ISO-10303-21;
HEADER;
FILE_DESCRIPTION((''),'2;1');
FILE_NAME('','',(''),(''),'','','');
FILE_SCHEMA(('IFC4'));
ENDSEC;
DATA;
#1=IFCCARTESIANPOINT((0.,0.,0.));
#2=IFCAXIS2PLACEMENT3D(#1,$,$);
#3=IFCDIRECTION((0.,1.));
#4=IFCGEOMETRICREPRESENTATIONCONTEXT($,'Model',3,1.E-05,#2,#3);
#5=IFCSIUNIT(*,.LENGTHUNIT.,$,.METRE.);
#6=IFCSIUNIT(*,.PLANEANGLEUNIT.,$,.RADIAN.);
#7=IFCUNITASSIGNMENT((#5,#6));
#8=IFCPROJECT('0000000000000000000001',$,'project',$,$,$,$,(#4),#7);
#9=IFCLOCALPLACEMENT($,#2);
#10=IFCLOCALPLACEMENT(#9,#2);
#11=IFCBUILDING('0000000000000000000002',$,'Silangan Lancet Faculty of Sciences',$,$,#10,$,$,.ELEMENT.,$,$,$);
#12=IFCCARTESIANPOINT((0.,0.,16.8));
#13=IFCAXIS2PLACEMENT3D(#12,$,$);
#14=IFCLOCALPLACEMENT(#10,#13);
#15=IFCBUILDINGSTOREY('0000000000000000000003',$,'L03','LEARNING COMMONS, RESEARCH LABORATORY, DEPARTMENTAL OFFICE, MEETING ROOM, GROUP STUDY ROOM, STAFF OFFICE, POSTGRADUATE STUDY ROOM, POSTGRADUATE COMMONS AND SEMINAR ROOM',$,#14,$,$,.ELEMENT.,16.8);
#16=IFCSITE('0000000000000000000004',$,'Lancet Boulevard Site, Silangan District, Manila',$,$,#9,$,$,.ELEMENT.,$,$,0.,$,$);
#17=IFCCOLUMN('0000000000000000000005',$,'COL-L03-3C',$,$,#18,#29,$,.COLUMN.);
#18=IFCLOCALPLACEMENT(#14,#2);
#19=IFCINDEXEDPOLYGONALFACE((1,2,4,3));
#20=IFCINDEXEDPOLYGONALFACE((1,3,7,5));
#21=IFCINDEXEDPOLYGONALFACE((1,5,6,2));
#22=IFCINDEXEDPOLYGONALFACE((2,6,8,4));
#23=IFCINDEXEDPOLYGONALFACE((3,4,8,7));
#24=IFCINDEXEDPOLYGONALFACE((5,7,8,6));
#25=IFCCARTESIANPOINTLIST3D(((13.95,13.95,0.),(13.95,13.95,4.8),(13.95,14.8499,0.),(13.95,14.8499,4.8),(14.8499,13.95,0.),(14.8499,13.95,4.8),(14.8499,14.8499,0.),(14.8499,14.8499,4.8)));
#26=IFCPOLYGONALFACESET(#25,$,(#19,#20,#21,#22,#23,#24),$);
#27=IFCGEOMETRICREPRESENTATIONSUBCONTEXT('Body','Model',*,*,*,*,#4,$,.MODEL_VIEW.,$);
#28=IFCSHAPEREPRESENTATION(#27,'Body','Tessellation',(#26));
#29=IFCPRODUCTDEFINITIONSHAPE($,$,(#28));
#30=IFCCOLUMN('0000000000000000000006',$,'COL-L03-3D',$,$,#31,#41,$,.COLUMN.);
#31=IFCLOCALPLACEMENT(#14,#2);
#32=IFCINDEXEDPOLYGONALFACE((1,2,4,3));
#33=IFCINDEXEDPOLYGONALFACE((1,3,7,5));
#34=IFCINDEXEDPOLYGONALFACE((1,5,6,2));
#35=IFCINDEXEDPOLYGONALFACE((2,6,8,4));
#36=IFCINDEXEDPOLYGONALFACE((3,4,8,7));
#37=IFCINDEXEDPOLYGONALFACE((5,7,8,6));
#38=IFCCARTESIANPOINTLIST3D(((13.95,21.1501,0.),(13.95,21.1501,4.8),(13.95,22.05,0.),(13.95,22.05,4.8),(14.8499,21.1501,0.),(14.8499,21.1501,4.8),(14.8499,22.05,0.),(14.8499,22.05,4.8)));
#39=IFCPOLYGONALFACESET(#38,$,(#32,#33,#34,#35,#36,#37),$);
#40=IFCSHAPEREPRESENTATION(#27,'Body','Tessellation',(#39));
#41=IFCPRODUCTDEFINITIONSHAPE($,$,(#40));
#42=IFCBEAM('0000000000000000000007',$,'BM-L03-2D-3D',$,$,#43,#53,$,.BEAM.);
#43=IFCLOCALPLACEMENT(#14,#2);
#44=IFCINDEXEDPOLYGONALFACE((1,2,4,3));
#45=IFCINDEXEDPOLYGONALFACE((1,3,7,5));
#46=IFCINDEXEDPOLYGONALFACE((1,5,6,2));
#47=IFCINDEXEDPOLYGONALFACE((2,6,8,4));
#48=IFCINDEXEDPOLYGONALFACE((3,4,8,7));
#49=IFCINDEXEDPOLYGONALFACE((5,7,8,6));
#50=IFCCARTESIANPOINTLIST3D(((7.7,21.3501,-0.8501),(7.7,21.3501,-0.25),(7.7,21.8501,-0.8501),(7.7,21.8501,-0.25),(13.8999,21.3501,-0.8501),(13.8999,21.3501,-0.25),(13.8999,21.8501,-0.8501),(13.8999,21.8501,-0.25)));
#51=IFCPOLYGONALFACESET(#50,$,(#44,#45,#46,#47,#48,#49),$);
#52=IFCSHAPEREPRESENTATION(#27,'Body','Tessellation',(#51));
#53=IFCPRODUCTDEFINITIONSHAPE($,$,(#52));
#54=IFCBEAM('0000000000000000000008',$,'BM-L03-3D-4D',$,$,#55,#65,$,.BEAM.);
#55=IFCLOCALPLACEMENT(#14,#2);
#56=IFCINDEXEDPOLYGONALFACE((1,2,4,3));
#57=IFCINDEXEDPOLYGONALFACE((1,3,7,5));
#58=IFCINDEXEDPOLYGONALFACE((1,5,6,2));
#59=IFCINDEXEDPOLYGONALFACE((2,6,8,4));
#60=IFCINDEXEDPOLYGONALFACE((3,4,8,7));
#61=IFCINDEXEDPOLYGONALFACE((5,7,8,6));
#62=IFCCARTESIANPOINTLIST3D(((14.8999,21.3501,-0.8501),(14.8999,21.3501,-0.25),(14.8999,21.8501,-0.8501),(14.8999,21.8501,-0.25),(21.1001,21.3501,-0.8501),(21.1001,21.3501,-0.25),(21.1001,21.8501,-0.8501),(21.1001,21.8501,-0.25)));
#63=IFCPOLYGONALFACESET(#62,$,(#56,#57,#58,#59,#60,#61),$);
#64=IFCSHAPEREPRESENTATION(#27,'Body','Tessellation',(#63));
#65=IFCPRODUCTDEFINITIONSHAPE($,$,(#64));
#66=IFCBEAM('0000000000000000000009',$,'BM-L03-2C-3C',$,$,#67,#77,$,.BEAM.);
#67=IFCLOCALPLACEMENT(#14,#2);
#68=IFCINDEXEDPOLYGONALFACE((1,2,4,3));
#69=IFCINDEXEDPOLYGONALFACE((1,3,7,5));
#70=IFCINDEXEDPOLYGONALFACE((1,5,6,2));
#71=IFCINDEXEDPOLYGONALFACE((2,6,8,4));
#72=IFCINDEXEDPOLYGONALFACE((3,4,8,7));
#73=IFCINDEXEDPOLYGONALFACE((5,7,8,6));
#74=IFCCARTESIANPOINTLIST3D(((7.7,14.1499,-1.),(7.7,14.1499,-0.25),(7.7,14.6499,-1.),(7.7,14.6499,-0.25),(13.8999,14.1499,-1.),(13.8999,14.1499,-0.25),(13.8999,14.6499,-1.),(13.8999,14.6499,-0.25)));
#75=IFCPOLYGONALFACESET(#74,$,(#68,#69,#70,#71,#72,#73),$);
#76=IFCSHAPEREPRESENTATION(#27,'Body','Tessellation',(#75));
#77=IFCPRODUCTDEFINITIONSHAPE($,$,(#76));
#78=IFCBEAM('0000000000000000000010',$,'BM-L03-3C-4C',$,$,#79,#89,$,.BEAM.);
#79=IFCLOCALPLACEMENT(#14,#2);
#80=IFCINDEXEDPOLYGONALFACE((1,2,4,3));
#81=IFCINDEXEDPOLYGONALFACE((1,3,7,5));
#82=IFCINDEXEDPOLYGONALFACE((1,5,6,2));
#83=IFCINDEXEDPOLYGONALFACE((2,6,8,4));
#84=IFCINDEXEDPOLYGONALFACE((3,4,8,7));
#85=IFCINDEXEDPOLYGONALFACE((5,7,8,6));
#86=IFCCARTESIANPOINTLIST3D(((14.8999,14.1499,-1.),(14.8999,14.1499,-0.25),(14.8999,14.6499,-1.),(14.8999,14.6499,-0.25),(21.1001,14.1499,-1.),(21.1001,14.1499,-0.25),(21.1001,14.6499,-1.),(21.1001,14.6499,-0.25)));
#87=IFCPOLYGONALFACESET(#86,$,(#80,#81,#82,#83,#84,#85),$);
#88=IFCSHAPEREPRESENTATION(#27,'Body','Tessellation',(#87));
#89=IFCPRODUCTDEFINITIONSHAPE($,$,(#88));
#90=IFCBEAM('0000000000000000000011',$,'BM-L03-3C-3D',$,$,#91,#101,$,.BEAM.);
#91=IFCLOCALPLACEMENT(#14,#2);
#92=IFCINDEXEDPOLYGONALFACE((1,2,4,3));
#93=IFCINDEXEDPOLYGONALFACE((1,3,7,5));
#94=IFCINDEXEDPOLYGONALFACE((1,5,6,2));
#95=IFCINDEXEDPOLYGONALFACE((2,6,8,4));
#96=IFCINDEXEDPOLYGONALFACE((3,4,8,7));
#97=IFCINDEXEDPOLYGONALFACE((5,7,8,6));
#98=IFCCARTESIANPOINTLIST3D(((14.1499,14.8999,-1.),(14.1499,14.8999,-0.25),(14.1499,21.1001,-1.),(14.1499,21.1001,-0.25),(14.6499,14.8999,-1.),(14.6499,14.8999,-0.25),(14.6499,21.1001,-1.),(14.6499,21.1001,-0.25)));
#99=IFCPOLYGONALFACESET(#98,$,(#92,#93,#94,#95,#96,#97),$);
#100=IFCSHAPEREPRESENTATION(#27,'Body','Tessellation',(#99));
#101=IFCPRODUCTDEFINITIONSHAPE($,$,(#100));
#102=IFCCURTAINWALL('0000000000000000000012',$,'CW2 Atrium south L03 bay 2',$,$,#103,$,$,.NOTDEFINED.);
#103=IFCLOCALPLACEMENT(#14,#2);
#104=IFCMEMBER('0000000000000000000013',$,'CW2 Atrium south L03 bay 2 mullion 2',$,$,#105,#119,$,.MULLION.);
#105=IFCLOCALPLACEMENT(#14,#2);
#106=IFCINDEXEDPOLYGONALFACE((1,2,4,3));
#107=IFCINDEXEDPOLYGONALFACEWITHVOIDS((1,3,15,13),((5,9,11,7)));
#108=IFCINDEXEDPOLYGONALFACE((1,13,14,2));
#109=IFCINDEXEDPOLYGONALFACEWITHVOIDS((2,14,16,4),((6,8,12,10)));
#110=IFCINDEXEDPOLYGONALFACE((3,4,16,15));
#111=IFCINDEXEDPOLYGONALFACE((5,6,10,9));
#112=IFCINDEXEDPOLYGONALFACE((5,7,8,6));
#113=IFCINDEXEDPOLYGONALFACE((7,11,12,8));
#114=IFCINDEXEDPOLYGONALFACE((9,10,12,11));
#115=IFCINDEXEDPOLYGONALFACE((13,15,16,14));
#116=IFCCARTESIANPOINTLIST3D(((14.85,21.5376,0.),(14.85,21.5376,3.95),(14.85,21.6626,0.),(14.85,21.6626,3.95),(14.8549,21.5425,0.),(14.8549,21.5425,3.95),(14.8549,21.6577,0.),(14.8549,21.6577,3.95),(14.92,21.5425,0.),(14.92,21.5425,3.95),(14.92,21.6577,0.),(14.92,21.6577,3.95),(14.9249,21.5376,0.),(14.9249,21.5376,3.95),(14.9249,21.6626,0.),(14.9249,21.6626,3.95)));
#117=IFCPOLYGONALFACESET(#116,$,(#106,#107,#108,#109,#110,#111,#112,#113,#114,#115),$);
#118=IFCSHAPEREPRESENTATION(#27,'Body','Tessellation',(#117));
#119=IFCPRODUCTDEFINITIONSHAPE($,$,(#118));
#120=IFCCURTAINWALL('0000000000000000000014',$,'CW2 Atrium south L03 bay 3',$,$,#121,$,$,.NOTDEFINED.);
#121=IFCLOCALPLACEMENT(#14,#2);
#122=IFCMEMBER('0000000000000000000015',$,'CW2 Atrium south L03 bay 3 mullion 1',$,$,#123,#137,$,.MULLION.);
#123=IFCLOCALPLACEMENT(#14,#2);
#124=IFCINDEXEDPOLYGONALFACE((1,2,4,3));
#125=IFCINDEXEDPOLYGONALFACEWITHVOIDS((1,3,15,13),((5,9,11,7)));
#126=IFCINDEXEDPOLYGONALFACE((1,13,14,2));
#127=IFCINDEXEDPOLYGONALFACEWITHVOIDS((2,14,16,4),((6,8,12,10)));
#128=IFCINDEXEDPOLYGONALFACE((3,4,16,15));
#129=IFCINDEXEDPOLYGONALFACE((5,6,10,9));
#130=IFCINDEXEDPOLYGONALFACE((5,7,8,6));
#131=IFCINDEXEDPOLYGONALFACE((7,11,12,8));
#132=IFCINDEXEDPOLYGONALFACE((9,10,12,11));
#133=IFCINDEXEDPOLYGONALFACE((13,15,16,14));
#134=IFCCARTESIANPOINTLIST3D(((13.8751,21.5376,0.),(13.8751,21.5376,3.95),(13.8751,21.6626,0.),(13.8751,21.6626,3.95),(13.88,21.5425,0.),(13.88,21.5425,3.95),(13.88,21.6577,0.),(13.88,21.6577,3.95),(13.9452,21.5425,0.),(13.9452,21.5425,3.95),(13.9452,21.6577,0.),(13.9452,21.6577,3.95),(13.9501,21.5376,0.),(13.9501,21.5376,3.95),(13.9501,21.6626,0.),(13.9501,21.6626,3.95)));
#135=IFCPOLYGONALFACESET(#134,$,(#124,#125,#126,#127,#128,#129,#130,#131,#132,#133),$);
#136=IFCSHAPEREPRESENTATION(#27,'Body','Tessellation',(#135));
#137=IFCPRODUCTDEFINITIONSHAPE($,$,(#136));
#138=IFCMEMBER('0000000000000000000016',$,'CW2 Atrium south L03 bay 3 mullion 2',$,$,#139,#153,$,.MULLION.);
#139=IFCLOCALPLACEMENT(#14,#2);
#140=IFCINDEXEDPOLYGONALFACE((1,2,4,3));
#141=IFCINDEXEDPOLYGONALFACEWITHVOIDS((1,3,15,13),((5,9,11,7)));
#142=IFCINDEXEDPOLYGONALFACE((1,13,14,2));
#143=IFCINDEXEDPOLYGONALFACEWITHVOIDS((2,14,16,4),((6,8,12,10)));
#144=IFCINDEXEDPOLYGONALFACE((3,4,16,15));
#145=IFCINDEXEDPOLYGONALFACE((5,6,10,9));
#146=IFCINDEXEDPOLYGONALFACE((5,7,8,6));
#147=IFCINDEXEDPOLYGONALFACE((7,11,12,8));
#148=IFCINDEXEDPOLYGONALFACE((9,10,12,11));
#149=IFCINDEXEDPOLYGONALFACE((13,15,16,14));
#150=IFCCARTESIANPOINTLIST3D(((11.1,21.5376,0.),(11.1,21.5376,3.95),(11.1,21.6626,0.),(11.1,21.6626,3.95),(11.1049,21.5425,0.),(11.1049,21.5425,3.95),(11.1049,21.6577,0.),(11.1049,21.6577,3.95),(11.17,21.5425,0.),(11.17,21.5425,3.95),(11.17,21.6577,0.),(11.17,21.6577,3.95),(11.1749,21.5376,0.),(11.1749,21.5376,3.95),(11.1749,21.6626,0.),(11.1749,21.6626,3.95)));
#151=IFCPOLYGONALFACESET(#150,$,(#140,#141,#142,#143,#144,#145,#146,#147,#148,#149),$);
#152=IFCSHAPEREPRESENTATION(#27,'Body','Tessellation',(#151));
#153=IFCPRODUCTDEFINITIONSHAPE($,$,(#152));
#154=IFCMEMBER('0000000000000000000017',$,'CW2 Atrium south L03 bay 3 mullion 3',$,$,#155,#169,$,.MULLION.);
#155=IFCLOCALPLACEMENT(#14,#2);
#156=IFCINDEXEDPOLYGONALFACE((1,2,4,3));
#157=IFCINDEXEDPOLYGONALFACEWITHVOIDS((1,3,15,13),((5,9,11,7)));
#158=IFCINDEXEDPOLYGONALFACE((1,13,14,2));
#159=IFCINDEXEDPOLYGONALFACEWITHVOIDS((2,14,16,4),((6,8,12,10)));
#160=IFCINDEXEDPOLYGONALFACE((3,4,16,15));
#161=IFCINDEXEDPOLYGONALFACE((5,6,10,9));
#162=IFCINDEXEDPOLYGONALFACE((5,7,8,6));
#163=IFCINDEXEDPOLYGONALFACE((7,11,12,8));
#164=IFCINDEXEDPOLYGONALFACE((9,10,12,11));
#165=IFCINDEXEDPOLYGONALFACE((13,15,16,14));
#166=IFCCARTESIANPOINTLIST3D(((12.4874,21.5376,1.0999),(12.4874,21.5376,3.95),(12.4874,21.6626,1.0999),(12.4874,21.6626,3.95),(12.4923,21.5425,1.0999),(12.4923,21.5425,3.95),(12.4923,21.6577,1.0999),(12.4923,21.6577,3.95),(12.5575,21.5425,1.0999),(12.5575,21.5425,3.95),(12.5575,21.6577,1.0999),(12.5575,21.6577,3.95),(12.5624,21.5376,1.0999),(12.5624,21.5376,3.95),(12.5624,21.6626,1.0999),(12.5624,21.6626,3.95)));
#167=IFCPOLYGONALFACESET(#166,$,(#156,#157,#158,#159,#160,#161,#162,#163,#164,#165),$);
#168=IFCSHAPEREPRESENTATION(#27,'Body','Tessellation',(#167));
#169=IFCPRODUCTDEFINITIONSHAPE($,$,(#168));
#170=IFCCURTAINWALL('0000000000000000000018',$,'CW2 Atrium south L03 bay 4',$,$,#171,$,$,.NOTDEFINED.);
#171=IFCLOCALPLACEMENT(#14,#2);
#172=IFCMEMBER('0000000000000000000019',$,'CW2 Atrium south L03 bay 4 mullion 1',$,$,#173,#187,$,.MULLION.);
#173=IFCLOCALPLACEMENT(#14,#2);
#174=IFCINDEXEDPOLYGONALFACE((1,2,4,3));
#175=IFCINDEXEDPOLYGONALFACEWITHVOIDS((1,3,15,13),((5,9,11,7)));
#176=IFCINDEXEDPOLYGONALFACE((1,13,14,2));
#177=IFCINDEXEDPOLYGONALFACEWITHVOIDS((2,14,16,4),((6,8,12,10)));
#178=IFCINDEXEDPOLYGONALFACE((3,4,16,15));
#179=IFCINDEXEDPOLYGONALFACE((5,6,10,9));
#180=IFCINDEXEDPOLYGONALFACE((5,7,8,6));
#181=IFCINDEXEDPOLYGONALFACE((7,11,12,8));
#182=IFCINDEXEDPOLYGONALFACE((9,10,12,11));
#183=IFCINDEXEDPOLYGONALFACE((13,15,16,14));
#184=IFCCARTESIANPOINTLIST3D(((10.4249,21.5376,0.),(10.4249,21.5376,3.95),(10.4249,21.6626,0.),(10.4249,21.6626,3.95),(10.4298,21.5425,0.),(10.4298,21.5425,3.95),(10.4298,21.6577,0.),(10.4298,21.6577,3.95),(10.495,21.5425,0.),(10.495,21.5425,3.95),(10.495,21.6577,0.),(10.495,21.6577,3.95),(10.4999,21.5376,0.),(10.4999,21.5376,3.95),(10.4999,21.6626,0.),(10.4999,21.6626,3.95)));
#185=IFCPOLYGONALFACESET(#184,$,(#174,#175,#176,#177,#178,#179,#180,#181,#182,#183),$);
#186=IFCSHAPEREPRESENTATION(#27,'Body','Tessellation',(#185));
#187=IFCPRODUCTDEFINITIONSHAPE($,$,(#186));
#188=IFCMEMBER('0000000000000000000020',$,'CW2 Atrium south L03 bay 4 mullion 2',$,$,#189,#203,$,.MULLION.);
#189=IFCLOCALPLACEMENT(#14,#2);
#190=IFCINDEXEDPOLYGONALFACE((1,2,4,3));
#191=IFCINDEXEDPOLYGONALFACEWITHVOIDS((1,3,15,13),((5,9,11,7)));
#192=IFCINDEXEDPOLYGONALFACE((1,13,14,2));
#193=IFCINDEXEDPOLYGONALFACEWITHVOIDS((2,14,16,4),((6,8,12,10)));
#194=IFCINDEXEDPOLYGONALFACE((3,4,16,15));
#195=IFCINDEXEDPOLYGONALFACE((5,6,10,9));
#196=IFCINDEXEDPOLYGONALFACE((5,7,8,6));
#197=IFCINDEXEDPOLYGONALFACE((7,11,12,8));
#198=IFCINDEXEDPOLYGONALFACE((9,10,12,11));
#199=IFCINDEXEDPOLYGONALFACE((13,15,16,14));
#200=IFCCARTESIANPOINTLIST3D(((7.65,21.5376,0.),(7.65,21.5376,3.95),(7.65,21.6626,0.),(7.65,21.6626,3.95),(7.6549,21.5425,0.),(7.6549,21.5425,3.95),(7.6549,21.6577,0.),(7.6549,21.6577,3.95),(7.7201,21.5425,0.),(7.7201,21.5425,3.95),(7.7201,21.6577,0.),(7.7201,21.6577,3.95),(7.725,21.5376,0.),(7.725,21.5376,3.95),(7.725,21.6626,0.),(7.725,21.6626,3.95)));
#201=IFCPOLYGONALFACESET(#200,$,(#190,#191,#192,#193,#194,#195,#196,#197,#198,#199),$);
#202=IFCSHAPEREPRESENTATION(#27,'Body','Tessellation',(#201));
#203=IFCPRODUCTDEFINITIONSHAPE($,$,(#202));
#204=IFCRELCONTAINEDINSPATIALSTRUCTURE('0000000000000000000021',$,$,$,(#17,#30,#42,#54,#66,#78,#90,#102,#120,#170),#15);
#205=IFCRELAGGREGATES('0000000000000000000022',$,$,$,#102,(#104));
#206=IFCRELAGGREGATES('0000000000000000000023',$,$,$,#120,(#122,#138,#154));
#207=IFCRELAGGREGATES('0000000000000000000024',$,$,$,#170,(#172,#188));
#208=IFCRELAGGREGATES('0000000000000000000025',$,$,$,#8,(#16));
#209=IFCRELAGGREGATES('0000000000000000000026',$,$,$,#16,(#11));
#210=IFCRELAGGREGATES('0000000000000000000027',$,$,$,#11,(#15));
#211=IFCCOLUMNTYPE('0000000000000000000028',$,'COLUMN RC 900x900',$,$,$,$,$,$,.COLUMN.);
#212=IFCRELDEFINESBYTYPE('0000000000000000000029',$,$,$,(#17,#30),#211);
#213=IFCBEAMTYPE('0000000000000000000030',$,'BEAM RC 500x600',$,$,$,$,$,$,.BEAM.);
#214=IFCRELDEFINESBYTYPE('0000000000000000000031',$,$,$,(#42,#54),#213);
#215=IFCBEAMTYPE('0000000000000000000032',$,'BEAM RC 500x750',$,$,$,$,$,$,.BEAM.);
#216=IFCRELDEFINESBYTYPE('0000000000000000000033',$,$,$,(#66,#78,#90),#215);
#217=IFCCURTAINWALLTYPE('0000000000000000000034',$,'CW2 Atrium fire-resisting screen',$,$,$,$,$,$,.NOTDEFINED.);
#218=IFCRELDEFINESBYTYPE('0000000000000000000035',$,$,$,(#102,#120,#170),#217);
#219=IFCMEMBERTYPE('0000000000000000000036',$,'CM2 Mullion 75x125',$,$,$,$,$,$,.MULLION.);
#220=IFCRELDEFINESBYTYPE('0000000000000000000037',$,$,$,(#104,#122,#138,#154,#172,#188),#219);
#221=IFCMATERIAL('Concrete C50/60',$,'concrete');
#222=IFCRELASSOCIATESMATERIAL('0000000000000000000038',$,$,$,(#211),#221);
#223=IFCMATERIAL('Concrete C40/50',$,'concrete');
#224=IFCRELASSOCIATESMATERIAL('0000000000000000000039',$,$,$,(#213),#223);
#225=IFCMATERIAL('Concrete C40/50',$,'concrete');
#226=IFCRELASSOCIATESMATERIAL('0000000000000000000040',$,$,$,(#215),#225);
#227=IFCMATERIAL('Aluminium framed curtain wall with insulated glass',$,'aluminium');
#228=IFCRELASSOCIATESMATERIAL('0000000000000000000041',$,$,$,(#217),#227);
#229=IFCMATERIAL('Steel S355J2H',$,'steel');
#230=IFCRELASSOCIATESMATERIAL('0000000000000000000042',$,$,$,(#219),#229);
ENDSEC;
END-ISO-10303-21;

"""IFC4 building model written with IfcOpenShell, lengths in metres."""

from ifc_helpers import new_model, si_unit, direction, frame, origin, origin_2d, place, context, subcontext, project, spatial, rectangle, hollow_rectangle, extrude, material, material_profile, profile_set, type_object, element, aggregate, save


model = new_model("IFC4")

# Units and contexts
model_context = context("Model", 3, precision=1e-05, world=origin(), true_north=direction((0.0, 1.0)))
body_context = subcontext(model_context, "Body", "Model", "MODEL_VIEW")
ifc_project = project(units=[si_unit("LENGTHUNIT", "METRE"), si_unit("PLANEANGLEUNIT", "RADIAN")], contexts=[model_context])

# Site, building, storey
site_placement = place(None, origin())
site = spatial("IfcSite", under=ifc_project, at=site_placement, Name="Lancet Boulevard Site, Silangan District, Manila", CompositionType="ELEMENT", RefElevation=0.0)
building_placement = place(site_placement, origin())
building = spatial("IfcBuilding", under=site, at=building_placement, Name="Silangan Lancet Faculty of Sciences", CompositionType="ELEMENT")
storey_placement = place(building_placement, frame((0.0, 0.0, 16.8)))
storey = spatial("IfcBuildingStorey", under=building, at=storey_placement, Name="L03", Description="LEARNING COMMONS, RESEARCH LABORATORY, DEPARTMENTAL OFFICE, MEETING ROOM, GROUP STUDY ROOM, STAFF OFFICE, POSTGRADUATE STUDY ROOM, POSTGRADUATE COMMONS AND SEMINAR ROOM", CompositionType="ELEMENT", Elevation=16.8)

# Columns
ifc_material_1 = material(Name="Concrete C50/60", Category="concrete")
ifc_material_profile_1 = material_profile(ifc_material_1, rectangle(XDim=0.8999, YDim=0.8999, at=origin_2d()), Name="RC 900x900")
ifc_profile_set_1 = profile_set([ifc_material_profile_1], Name="Concrete C50/60")
column_type = type_object("IfcColumnType", Name="COLUMN RC 900x900", PredefinedType="COLUMN", material=ifc_profile_set_1)
for number, where, z_axis, x_axis, name in (
    (1, (14.3999, 14.3999, 0.0), (0.0, 0.0, 1.0), (1.0, 0.0, 0.0), "COL-L03-3C"),
    (2, (14.3999, 21.6001, 0.0), (0.0, 0.0, 1.0), (1.0, 0.0, 0.0), "COL-L03-3D"),
):
    element("IfcColumn", number, at=place(storey_placement, frame(where, z_axis=z_axis, x_axis=x_axis)), inside=storey, type_object=column_type, Name=name, PredefinedType="COLUMN", context=body_context, shape_type="SweptSolid", body=[
        extrude(rectangle(XDim=0.8999, YDim=0.8999, at=origin_2d()), origin(), (0.0, 0.0, 1.0), 4.8),
    ])

# Beams
ifc_material_2 = material(Name="Concrete C40/50", Category="concrete")
ifc_material_profile_2 = material_profile(ifc_material_2, rectangle(XDim=0.5, YDim=0.6001, at=origin_2d()), Name="RC 500x600")
ifc_profile_set_2 = profile_set([ifc_material_profile_2], Name="Concrete C40/50")
beam_type_1 = type_object("IfcBeamType", Name="BEAM RC 500x600", PredefinedType="BEAM", material=ifc_profile_set_2)
beam_1_placement = place(storey_placement, frame((7.7, 21.6001, -0.55), z_axis=(1.0, 0.0, 0.0), x_axis=(0.0, 1.0, 0.0)))
element("IfcBeam", 3, at=beam_1_placement, inside=storey, type_object=beam_type_1, Name="BM-L03-2D-3D", PredefinedType="BEAM", context=body_context, shape_type="SweptSolid", body=[
    extrude(rectangle(XDim=0.5, YDim=0.6001, at=origin_2d()), origin(), (0.0, 0.0, 1.0), 6.2),
])
beam_2_placement = place(storey_placement, frame((14.8999, 21.6001, -0.55), z_axis=(1.0, 0.0, 0.0), x_axis=(0.0, 1.0, 0.0)))
element("IfcBeam", 4, at=beam_2_placement, inside=storey, type_object=beam_type_1, Name="BM-L03-3D-4D", PredefinedType="BEAM", context=body_context, shape_type="SweptSolid", body=[
    extrude(rectangle(XDim=0.5, YDim=0.6001, at=origin_2d()), origin(), (0.0, 0.0, 1.0), 6.2002),
])
ifc_material_3 = material(Name="Concrete C40/50", Category="concrete")
ifc_material_profile_3 = material_profile(ifc_material_3, rectangle(XDim=0.5, YDim=0.75, at=origin_2d()), Name="RC 500x750")
ifc_profile_set_3 = profile_set([ifc_material_profile_3], Name="Concrete C40/50")
beam_type_2 = type_object("IfcBeamType", Name="BEAM RC 500x750", PredefinedType="BEAM", material=ifc_profile_set_3)
beam_3_placement = place(storey_placement, frame((7.7, 14.3999, -0.625), z_axis=(1.0, 0.0, 0.0), x_axis=(0.0, 1.0, 0.0)))
element("IfcBeam", 5, at=beam_3_placement, inside=storey, type_object=beam_type_2, Name="BM-L03-2C-3C", PredefinedType="BEAM", context=body_context, shape_type="SweptSolid", body=[
    extrude(rectangle(XDim=0.5, YDim=0.75, at=origin_2d()), origin(), (0.0, 0.0, 1.0), 6.2),
])
for number, where, z_axis, x_axis, name in (
    (6, (14.8999, 14.3999, -0.625), (1.0, 0.0, 0.0), (0.0, 1.0, 0.0), "BM-L03-3C-4C"),
    (7, (14.3999, 14.8999, -0.625), (0.0, 1.0, 0.0), (-1.0, 0.0, 0.0), "BM-L03-3C-3D"),
):
    element("IfcBeam", number, at=place(storey_placement, frame(where, z_axis=z_axis, x_axis=x_axis)), inside=storey, type_object=beam_type_2, Name=name, PredefinedType="BEAM", context=body_context, shape_type="SweptSolid", body=[
        extrude(rectangle(XDim=0.5, YDim=0.75, at=origin_2d()), origin(), (0.0, 0.0, 1.0), 6.2002),
    ])

# Curtain wall, member
ifc_material_4 = material(Name="Aluminium framed curtain wall with insulated glass", Category="aluminium")
curtain_wall_type = type_object("IfcCurtainWallType", Name="CW2 Atrium fire-resisting screen", PredefinedType="NOTDEFINED", material=ifc_material_4)
curtain_wall_1_placement = place(storey_placement, origin())
curtain_wall_1 = element("IfcCurtainWall", 8, at=curtain_wall_1_placement, inside=storey, type_object=curtain_wall_type, Name="CW2 Atrium south L03 bay 2", PredefinedType="NOTDEFINED")
ifc_material_5 = material(Name="Steel S355J2H", Category="steel")
ifc_material_profile_4 = material_profile(ifc_material_5, hollow_rectangle(XDim=0.075, YDim=0.125, WallThickness=0.0049, at=origin_2d()), Name="ST BOX 75x125x5")
ifc_profile_set_4 = profile_set([ifc_material_profile_4], Name="Steel S355J2H")
member_type_1 = type_object("IfcMemberType", Name="CM2 Mullion 75x125", PredefinedType="MULLION", material=ifc_profile_set_4)
member_1_placement = place(storey_placement, frame((14.8875, 21.6001, 0.0), z_axis=(0.0, 0.0, 1.0), x_axis=(-1.0, 0.0, 0.0)))
member_1 = element("IfcMember", 9, at=member_1_placement, type_object=member_type_1, Name="CW2 Atrium south L03 bay 2 mullion 2", PredefinedType="MULLION", context=body_context, shape_type="SweptSolid", body=[
    extrude(hollow_rectangle(XDim=0.075, YDim=0.125, WallThickness=0.0049, at=origin_2d()), origin(), (0.0, 0.0, 1.0), 3.95),
])

# Curtain walls, members
curtain_wall_2_placement = place(storey_placement, origin())
curtain_wall_2 = element("IfcCurtainWall", 10, at=curtain_wall_2_placement, inside=storey, type_object=curtain_wall_type, Name="CW2 Atrium south L03 bay 3", PredefinedType="NOTDEFINED")
member_2_placement = place(storey_placement, frame((13.9126, 21.6001, 0.0), z_axis=(0.0, 0.0, 1.0), x_axis=(-1.0, 0.0, 0.0)))
member_2 = element("IfcMember", 11, at=member_2_placement, type_object=member_type_1, Name="CW2 Atrium south L03 bay 3 mullion 1", PredefinedType="MULLION", context=body_context, shape_type="SweptSolid", body=[
    extrude(hollow_rectangle(XDim=0.075, YDim=0.125, WallThickness=0.0049, at=origin_2d()), origin(), (0.0, 0.0, 1.0), 3.95),
])
member_3_placement = place(storey_placement, frame((11.1375, 21.6001, 0.0), z_axis=(0.0, 0.0, 1.0), x_axis=(-1.0, 0.0, 0.0)))
member_3 = element("IfcMember", 12, at=member_3_placement, type_object=member_type_1, Name="CW2 Atrium south L03 bay 3 mullion 2", PredefinedType="MULLION", context=body_context, shape_type="SweptSolid", body=[
    extrude(hollow_rectangle(XDim=0.075, YDim=0.125, WallThickness=0.0049, at=origin_2d()), origin(), (0.0, 0.0, 1.0), 3.95),
])
member_4_placement = place(storey_placement, frame((12.5249, 21.6001, 1.0999), z_axis=(0.0, 0.0, 1.0), x_axis=(-1.0, 0.0, 0.0)))
member_4 = element("IfcMember", 13, at=member_4_placement, type_object=member_type_1, Name="CW2 Atrium south L03 bay 3 mullion 3", PredefinedType="MULLION", context=body_context, shape_type="SweptSolid", body=[
    extrude(hollow_rectangle(XDim=0.075, YDim=0.125, WallThickness=0.0049, at=origin_2d()), origin(), (0.0, 0.0, 1.0), 2.8501),
])
curtain_wall_3_placement = place(storey_placement, origin())
curtain_wall_3 = element("IfcCurtainWall", 14, at=curtain_wall_3_placement, inside=storey, type_object=curtain_wall_type, Name="CW2 Atrium south L03 bay 4", PredefinedType="NOTDEFINED")
member_5_placement = place(storey_placement, frame((10.4624, 21.6001, 0.0), z_axis=(0.0, 0.0, 1.0), x_axis=(-1.0, 0.0, 0.0)))
member_5 = element("IfcMember", 15, at=member_5_placement, type_object=member_type_1, Name="CW2 Atrium south L03 bay 4 mullion 1", PredefinedType="MULLION", context=body_context, shape_type="SweptSolid", body=[
    extrude(hollow_rectangle(XDim=0.075, YDim=0.125, WallThickness=0.0049, at=origin_2d()), origin(), (0.0, 0.0, 1.0), 3.95),
])
member_6_placement = place(storey_placement, frame((7.6875, 21.6001, 0.0), z_axis=(0.0, 0.0, 1.0), x_axis=(-1.0, 0.0, 0.0)))
member_6 = element("IfcMember", 16, at=member_6_placement, type_object=member_type_1, Name="CW2 Atrium south L03 bay 4 mullion 2", PredefinedType="MULLION", context=body_context, shape_type="SweptSolid", body=[
    extrude(hollow_rectangle(XDim=0.075, YDim=0.125, WallThickness=0.0049, at=origin_2d()), origin(), (0.0, 0.0, 1.0), 3.95),
])

aggregate(curtain_wall_1, [member_1])
aggregate(curtain_wall_2, [member_2, member_3, member_4])
aggregate(curtain_wall_3, [member_5, member_6])

save(model, "model.ifc")
